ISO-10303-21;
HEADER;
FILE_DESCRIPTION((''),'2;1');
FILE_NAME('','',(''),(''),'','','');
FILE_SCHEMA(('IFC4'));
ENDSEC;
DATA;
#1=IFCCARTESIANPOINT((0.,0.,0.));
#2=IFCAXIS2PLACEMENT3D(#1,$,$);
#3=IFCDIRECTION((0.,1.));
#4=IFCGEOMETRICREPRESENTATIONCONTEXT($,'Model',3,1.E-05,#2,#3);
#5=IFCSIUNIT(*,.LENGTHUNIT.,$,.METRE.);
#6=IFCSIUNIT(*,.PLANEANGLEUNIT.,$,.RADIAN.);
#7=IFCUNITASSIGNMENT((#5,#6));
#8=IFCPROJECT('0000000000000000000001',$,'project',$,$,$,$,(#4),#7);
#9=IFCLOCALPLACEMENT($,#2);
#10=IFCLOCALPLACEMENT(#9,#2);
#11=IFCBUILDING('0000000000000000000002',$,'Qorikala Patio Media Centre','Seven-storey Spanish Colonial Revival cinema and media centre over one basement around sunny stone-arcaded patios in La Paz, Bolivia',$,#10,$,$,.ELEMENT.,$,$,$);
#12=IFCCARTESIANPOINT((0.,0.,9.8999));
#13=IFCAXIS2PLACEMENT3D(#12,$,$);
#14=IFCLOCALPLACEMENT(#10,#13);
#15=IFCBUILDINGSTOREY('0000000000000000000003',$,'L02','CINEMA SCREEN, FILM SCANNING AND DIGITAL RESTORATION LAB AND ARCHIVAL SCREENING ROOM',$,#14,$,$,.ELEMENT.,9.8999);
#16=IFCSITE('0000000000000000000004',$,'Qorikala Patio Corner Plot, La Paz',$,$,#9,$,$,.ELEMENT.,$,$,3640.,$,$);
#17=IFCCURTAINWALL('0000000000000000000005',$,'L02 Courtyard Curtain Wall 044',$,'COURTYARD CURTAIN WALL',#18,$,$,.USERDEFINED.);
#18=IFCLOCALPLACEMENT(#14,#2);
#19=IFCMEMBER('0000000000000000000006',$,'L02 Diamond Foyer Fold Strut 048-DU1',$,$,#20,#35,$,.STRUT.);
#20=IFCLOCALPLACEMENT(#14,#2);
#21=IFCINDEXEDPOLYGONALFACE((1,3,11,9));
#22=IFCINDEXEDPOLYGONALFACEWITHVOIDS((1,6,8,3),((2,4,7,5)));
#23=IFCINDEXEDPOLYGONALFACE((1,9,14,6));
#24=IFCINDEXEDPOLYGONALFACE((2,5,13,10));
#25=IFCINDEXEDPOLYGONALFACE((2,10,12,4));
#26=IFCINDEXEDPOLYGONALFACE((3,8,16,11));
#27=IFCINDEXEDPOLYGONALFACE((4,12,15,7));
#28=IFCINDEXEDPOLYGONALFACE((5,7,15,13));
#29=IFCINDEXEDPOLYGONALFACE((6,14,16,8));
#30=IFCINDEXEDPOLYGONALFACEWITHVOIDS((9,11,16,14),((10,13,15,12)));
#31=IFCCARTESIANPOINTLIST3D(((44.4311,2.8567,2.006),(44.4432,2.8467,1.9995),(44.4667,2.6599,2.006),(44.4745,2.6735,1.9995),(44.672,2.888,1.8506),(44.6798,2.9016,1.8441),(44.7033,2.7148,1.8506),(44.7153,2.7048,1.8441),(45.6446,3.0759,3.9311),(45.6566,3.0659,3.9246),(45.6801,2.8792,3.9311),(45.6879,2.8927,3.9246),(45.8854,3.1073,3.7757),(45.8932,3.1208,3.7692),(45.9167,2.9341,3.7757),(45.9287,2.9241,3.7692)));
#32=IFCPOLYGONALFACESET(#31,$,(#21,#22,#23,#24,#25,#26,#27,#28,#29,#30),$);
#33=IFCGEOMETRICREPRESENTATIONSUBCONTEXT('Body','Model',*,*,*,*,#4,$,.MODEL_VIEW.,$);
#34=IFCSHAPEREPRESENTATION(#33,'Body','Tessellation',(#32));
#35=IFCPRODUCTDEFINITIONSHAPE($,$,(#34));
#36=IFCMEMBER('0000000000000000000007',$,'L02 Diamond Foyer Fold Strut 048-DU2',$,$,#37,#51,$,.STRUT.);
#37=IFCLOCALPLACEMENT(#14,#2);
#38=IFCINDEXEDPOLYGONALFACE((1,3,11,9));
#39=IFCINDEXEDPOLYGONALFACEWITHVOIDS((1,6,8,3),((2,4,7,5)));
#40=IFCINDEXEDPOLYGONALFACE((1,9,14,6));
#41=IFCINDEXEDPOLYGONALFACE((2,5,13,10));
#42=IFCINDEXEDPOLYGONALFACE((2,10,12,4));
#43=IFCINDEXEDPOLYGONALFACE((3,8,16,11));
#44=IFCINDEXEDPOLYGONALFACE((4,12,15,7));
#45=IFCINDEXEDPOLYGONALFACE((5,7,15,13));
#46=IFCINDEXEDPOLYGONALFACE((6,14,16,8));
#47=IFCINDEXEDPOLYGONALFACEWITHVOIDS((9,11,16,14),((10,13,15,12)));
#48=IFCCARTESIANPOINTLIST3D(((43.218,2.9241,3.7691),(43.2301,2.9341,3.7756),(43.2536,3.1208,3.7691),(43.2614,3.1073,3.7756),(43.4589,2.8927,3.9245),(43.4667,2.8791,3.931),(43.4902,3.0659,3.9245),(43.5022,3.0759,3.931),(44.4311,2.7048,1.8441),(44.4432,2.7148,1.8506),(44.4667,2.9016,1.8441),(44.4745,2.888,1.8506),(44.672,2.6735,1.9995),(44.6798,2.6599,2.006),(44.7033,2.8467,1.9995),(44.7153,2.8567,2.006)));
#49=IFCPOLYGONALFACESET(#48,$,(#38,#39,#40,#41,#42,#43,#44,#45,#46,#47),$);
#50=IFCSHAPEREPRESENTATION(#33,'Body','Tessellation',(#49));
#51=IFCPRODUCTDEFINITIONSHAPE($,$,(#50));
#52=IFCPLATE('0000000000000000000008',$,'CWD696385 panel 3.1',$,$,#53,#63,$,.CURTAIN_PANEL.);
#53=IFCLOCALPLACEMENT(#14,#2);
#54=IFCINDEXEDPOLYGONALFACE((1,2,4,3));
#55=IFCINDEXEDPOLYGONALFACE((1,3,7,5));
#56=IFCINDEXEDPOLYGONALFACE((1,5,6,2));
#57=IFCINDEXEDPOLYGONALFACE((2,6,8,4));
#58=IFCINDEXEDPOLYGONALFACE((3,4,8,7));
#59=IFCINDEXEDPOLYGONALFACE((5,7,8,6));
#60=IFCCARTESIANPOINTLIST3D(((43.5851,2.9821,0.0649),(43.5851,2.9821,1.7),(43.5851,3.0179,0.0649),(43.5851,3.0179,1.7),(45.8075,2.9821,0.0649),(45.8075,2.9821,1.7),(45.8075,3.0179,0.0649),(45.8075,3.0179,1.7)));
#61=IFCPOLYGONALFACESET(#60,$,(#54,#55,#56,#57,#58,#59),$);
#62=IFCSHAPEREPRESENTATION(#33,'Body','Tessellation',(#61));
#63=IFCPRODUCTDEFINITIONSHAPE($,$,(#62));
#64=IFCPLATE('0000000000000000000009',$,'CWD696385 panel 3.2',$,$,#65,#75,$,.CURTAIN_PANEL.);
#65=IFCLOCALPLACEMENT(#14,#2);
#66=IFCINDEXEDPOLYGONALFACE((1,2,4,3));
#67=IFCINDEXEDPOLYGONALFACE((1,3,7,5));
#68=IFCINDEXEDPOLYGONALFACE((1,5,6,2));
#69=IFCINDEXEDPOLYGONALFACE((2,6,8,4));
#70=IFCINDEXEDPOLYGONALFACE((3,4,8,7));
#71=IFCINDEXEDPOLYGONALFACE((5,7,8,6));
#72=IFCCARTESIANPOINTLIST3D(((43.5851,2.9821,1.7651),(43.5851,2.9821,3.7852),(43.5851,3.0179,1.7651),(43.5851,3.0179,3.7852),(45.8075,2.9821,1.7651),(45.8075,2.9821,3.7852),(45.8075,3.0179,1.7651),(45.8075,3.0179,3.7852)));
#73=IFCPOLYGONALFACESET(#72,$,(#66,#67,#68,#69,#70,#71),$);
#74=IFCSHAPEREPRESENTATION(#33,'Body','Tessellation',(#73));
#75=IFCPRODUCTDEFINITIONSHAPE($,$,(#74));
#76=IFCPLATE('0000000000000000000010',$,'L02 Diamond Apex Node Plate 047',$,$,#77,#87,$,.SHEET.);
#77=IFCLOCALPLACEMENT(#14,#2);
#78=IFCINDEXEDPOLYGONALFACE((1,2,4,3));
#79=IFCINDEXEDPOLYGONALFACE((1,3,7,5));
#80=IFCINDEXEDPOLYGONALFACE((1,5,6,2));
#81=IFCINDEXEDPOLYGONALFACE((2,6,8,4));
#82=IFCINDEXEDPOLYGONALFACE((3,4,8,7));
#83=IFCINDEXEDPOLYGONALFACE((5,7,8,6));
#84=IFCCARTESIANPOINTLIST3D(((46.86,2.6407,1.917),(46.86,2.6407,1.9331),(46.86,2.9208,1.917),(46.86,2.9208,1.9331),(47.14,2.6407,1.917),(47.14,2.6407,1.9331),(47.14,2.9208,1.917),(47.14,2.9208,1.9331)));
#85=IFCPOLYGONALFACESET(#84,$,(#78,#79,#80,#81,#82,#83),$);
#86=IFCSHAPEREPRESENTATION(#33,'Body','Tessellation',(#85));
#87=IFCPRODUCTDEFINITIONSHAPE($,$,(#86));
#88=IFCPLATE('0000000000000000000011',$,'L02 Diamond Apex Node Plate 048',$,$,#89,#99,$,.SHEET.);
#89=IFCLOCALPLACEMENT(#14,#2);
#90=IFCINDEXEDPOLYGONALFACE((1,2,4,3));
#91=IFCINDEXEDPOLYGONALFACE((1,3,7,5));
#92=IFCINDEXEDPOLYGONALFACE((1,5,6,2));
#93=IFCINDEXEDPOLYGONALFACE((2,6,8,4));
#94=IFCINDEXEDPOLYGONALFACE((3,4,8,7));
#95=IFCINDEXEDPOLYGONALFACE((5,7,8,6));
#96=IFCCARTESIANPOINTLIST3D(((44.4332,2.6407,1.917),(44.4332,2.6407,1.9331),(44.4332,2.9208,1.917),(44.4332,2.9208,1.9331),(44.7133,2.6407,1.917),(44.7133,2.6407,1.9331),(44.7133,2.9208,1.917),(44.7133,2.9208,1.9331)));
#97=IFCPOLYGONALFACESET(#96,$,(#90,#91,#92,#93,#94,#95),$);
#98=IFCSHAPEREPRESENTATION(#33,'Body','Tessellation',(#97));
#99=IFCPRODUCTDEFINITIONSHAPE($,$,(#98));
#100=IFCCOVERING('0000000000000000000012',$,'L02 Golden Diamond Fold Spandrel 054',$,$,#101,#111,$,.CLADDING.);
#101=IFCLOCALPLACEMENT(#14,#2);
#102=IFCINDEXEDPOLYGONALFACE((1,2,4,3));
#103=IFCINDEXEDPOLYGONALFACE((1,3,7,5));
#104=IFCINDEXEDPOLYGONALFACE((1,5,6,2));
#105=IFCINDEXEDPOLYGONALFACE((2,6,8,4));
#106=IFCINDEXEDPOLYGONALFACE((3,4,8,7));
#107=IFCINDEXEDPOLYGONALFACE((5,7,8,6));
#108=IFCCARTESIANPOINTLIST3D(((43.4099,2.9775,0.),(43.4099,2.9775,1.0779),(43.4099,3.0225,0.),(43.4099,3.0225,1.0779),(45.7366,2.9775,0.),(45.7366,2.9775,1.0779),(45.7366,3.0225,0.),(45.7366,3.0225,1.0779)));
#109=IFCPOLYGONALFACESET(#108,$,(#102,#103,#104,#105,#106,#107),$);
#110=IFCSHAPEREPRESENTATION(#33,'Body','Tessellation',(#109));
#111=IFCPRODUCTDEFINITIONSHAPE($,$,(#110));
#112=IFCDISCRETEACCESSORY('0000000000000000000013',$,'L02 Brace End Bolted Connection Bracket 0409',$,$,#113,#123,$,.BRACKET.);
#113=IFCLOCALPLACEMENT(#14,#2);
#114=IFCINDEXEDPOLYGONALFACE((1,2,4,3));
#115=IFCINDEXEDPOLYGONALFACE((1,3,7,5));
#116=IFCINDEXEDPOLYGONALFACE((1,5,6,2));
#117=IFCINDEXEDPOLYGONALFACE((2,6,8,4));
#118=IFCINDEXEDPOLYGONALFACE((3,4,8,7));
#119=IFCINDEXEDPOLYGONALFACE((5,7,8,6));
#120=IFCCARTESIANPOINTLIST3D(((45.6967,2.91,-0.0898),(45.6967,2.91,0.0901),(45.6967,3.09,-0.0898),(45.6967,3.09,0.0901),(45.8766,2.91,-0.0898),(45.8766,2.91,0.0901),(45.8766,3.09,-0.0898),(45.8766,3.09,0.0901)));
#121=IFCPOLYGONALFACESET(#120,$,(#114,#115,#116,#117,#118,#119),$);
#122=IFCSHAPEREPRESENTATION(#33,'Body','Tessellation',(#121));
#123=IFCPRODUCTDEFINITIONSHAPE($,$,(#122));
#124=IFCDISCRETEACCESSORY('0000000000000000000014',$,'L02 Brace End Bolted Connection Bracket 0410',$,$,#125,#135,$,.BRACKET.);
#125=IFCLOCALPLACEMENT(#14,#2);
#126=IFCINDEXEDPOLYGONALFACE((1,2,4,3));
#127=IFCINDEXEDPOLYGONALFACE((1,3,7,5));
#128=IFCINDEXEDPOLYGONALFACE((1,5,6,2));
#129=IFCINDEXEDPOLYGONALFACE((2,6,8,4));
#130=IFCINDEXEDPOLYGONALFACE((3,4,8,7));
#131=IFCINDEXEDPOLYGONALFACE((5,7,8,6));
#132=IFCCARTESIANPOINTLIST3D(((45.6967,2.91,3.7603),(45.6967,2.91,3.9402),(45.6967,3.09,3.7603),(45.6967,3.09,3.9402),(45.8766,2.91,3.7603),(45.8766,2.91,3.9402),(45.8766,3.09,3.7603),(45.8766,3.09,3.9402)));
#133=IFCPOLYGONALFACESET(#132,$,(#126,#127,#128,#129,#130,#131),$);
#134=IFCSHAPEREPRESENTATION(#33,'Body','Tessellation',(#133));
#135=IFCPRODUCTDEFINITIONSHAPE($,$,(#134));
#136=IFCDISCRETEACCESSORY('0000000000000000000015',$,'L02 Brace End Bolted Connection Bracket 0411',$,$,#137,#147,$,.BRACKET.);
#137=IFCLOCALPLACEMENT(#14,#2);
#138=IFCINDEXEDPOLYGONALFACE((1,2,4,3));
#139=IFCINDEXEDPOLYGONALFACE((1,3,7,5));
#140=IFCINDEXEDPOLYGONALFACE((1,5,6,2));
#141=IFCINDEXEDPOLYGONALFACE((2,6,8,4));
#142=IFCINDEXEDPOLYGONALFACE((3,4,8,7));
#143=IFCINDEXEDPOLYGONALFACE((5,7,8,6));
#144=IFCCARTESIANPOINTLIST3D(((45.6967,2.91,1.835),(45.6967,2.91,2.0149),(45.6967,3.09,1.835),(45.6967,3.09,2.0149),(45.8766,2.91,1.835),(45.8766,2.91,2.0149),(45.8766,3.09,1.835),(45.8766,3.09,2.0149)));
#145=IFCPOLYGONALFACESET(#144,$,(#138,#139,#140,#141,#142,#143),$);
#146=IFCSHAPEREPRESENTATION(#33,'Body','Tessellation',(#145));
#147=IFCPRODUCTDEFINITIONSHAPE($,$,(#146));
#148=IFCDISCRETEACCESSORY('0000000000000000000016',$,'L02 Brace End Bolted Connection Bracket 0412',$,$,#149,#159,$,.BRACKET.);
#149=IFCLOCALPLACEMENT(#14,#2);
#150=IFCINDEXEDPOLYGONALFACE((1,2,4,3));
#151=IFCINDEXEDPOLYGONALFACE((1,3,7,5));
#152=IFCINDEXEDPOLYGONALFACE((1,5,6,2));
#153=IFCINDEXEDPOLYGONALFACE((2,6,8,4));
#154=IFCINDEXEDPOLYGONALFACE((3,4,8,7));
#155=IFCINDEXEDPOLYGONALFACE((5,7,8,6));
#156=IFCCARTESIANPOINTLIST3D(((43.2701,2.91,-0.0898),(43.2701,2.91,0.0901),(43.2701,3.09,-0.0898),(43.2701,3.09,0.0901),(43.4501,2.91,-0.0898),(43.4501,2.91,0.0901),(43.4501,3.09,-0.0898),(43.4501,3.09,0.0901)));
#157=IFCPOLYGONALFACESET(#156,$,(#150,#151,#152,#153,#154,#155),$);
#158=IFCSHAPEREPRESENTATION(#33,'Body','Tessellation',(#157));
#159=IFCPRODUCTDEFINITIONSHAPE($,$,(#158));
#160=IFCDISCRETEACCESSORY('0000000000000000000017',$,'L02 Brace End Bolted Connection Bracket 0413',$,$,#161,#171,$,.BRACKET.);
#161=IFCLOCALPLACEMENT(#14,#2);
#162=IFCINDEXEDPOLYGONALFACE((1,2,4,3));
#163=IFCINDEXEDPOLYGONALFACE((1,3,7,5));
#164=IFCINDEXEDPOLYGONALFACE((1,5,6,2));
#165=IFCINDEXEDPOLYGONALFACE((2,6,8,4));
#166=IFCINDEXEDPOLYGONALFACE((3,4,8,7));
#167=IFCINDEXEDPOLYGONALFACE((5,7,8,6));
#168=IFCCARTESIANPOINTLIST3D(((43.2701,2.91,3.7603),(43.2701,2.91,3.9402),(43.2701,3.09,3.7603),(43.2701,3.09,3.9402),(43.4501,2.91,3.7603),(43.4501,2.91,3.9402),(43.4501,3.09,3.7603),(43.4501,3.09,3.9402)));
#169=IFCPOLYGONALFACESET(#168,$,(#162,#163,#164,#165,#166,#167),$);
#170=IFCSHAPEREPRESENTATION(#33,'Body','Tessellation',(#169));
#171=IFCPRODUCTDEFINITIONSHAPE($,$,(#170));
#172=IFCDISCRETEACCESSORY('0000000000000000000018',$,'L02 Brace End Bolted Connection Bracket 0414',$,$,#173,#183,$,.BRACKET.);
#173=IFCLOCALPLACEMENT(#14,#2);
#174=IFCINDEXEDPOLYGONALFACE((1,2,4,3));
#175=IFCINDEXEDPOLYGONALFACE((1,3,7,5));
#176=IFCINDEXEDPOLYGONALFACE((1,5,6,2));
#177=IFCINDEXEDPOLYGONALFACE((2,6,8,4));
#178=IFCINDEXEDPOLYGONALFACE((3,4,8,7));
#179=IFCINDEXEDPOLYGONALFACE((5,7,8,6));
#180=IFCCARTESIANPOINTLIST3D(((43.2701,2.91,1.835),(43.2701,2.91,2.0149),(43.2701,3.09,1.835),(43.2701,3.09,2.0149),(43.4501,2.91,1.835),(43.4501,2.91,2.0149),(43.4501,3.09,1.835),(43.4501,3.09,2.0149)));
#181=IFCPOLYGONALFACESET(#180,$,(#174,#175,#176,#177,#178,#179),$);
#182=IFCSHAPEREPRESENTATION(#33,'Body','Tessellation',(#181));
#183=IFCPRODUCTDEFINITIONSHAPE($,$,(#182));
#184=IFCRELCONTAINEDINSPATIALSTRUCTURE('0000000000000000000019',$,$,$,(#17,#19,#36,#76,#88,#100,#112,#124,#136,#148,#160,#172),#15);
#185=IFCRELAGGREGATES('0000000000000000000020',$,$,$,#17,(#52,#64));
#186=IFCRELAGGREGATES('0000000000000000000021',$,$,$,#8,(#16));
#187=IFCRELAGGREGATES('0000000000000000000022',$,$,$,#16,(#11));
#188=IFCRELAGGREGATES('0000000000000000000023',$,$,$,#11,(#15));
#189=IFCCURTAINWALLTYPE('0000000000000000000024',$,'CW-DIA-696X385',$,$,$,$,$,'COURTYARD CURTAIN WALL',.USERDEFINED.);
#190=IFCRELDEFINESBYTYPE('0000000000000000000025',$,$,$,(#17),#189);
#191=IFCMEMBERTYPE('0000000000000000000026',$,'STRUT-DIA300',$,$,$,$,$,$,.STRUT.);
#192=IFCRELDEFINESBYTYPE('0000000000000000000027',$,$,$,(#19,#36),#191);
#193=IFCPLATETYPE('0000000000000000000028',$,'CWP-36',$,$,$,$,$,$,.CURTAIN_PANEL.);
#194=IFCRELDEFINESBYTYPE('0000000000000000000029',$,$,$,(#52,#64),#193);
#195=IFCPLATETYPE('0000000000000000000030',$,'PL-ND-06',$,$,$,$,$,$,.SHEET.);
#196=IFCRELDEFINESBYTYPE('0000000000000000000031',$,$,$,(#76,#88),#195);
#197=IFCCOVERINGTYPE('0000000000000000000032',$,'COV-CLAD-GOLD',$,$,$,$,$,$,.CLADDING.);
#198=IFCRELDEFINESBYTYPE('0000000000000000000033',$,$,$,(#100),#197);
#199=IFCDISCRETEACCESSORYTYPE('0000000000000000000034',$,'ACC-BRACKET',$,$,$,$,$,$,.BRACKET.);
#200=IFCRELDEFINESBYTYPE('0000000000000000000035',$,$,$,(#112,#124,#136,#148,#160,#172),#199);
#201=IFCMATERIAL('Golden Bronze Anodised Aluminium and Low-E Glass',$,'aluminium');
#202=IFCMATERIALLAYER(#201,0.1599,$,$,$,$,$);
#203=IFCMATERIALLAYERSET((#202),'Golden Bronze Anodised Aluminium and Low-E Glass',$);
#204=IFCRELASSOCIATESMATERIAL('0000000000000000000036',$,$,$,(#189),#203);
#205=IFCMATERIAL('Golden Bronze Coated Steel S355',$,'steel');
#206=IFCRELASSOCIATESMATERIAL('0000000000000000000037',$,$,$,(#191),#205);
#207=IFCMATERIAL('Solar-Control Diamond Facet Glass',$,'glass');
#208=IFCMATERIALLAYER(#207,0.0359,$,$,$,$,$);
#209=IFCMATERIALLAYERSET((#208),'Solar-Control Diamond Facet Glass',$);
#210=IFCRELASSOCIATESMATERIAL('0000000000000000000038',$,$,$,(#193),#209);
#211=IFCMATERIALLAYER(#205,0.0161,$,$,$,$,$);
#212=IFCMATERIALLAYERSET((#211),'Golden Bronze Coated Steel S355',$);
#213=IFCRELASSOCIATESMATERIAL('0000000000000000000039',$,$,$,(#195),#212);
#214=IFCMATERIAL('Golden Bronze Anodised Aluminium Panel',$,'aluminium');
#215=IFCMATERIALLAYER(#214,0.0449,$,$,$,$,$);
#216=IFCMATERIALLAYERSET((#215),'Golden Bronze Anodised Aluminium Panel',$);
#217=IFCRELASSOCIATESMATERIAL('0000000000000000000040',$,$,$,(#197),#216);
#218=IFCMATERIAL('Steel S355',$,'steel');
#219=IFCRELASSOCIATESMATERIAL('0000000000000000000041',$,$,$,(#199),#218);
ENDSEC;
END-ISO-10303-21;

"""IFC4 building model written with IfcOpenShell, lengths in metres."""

from ifc_helpers import new_model, si_unit, direction, frame, origin, origin_2d, place, context, subcontext, project, spatial, rectangle, hollow_rectangle, extrude, material, layer, layer_set, material_profile, profile_set, type_object, element, aggregate, save


model = new_model("IFC4")

# Units and contexts
model_context = context("Model", 3, precision=1e-05, world=origin(), true_north=direction((0.0, 1.0)))
body_context = subcontext(model_context, "Body", "Model", "MODEL_VIEW")
ifc_project = project(units=[si_unit("LENGTHUNIT", "METRE"), si_unit("PLANEANGLEUNIT", "RADIAN")], contexts=[model_context])

# Site, building, storey
site_placement = place(None, origin())
site = spatial("IfcSite", under=ifc_project, at=site_placement, Name="Qorikala Patio Corner Plot, La Paz", CompositionType="ELEMENT", RefElevation=3640.0)
building_placement = place(site_placement, origin())
building = spatial("IfcBuilding", under=site, at=building_placement, Name="Qorikala Patio Media Centre", Description="Seven-storey Spanish Colonial Revival cinema and media centre over one basement around sunny stone-arcaded patios in La Paz, Bolivia", CompositionType="ELEMENT")
storey_placement = place(building_placement, frame((0.0, 0.0, 9.8999)))
storey = spatial("IfcBuildingStorey", under=building, at=storey_placement, Name="L02", Description="CINEMA SCREEN, FILM SCANNING AND DIGITAL RESTORATION LAB AND ARCHIVAL SCREENING ROOM", CompositionType="ELEMENT", Elevation=9.8999)

# Shared definitions
ifc_material_1 = material(Name="Golden Bronze Coated Steel S355", Category="steel")

# Curtain wall
ifc_material_2 = material(Name="Golden Bronze Anodised Aluminium and Low-E Glass", Category="aluminium")
ifc_layer_1 = layer(ifc_material_2, 0.1599)
ifc_layer_set_1 = layer_set([ifc_layer_1], Name="Golden Bronze Anodised Aluminium and Low-E Glass")
curtain_wall_type = type_object("IfcCurtainWallType", Name="CW-DIA-696X385", ElementType="COURTYARD CURTAIN WALL", PredefinedType="USERDEFINED", material=ifc_layer_set_1)
curtain_wall_placement = place(storey_placement, origin())
curtain_wall = element("IfcCurtainWall", 1, at=curtain_wall_placement, inside=storey, type_object=curtain_wall_type, Name="L02 Courtyard Curtain Wall 044", ObjectType="COURTYARD CURTAIN WALL", PredefinedType="USERDEFINED")

# Members
ifc_material_profile_1 = material_profile(ifc_material_1, hollow_rectangle(XDim=0.2, YDim=0.3, WallThickness=0.012, at=origin_2d()), Name="HSS300X200X12")
ifc_profile_set_1 = profile_set([ifc_material_profile_1], Name="Golden Bronze Coated Steel S355")
member_type_1 = type_object("IfcMemberType", Name="STRUT-DIA300", PredefinedType="STRUT", material=ifc_profile_set_1)
member_1_placement = place(storey_placement, frame((44.5732, 2.7808, 1.925), z_axis=(0.530768, 0.095901, 0.842074), x_axis=(-0.177805, 0.984066, 0.0)))
element("IfcMember", 2, at=member_1_placement, inside=storey, type_object=member_type_1, Name="L02 Diamond Foyer Fold Strut 048-DU1", PredefinedType="STRUT", context=body_context, shape_type="SweptSolid", body=[
    extrude(hollow_rectangle(XDim=0.2, YDim=0.3, WallThickness=0.012, at=origin_2d()), origin(), (0.0, 0.0, 1.0), 2.2861),
])
member_2_placement = place(storey_placement, frame((44.5732, 2.7808, 1.925), z_axis=(-0.530691, 0.095907, 0.842121), x_axis=(-0.17784, -0.984059, 0.0)))
element("IfcMember", 3, at=member_2_placement, inside=storey, type_object=member_type_1, Name="L02 Diamond Foyer Fold Strut 048-DU2", PredefinedType="STRUT", context=body_context, shape_type="SweptSolid", body=[
    extrude(hollow_rectangle(XDim=0.2, YDim=0.3, WallThickness=0.012, at=origin_2d()), origin(), (0.0, 0.0, 1.0), 2.2859),
])

# Plates
ifc_material_3 = material(Name="Solar-Control Diamond Facet Glass", Category="glass")
ifc_layer_2 = layer(ifc_material_3, 0.0359)
ifc_layer_set_2 = layer_set([ifc_layer_2], Name="Solar-Control Diamond Facet Glass")
plate_type_1 = type_object("IfcPlateType", Name="CWP-36", PredefinedType="CURTAIN_PANEL", material=ifc_layer_set_2)
plate_1_placement = place(storey_placement, frame((44.6963, 3.0, 0.0649), z_axis=(0.0, 0.0, 1.0), x_axis=(-1.0, 0.0, 0.0)))
plate_1 = element("IfcPlate", 4, at=plate_1_placement, type_object=plate_type_1, Name="CWD696385 panel 3.1", PredefinedType="CURTAIN_PANEL", context=body_context, shape_type="SweptSolid", body=[
    extrude(rectangle(XDim=2.2224, YDim=0.0359, at=origin_2d()), origin(), (0.0, 0.0, 1.0), 1.635),
])
plate_2_placement = place(storey_placement, frame((44.6963, 3.0, 1.7651), z_axis=(0.0, 0.0, 1.0), x_axis=(-1.0, 0.0, 0.0)))
plate_2 = element("IfcPlate", 5, at=plate_2_placement, type_object=plate_type_1, Name="CWD696385 panel 3.2", PredefinedType="CURTAIN_PANEL", context=body_context, shape_type="SweptSolid", body=[
    extrude(rectangle(XDim=2.2224, YDim=0.0359, at=origin_2d()), origin(), (0.0, 0.0, 1.0), 2.02),
])
aggregate(curtain_wall, [plate_1, plate_2])

# Plates
ifc_layer_3 = layer(ifc_material_1, 0.0161)
ifc_layer_set_3 = layer_set([ifc_layer_3], Name="Golden Bronze Coated Steel S355")
plate_type_2 = type_object("IfcPlateType", Name="PL-ND-06", PredefinedType="SHEET", material=ifc_layer_set_3)
for number, where, z_axis, x_axis, name in (
    (6, (47.0, 2.7808, 1.917), (0.0, 0.0, 1.0), (-1.0, 0.0, 0.0), "L02 Diamond Apex Node Plate 047"),
    (7, (44.5732, 2.7808, 1.917), (0.0, 0.0, 1.0), (-1.0, 0.0, 0.0), "L02 Diamond Apex Node Plate 048"),
):
    element("IfcPlate", number, at=place(storey_placement, frame(where, z_axis=z_axis, x_axis=x_axis)), inside=storey, type_object=plate_type_2, Name=name, PredefinedType="SHEET", context=body_context, shape_type="SweptSolid", body=[
        extrude(rectangle(XDim=0.28, YDim=0.28, at=origin_2d()), origin(), (0.0, 0.0, 1.0), 0.0161),
    ])

# Covering
ifc_material_4 = material(Name="Golden Bronze Anodised Aluminium Panel", Category="aluminium")
ifc_layer_4 = layer(ifc_material_4, 0.0449)
ifc_layer_set_4 = layer_set([ifc_layer_4], Name="Golden Bronze Anodised Aluminium Panel")
covering_type = type_object("IfcCoveringType", Name="COV-CLAD-GOLD", PredefinedType="CLADDING", material=ifc_layer_set_4)
covering_placement = place(storey_placement, frame((44.5732, 3.0, 0.0), z_axis=(0.0, 0.0, 1.0), x_axis=(-1.0, 0.0, 0.0)))
element("IfcCovering", 8, at=covering_placement, inside=storey, type_object=covering_type, Name="L02 Golden Diamond Fold Spandrel 054", PredefinedType="CLADDING", context=body_context, shape_type="SweptSolid", body=[
    extrude(rectangle(XDim=2.3267, YDim=0.0449, at=origin_2d()), origin(), (0.0, 0.0, 1.0), 1.0779),
])

# Discrete accessories
ifc_material_5 = material(Name="Steel S355", Category="steel")
discrete_accessory_type = type_object("IfcDiscreteAccessoryType", Name="ACC-BRACKET", PredefinedType="BRACKET", material=ifc_material_5)
for number, where, z_axis, x_axis, name in (
    (9, (45.7866, 3.0, -0.0898), (0.0, 0.0, 1.0), (1.0, 0.0, 0.0), "L02 Brace End Bolted Connection Bracket 0409"),
    (10, (45.7866, 3.0, 3.7603), (0.0, 0.0, 1.0), (1.0, 0.0, 0.0), "L02 Brace End Bolted Connection Bracket 0410"),
    (11, (45.7866, 3.0, 1.835), (0.0, 0.0, 1.0), (1.0, 0.0, 0.0), "L02 Brace End Bolted Connection Bracket 0411"),
    (12, (43.3601, 3.0, -0.0898), (0.0, 0.0, 1.0), (1.0, 0.0, 0.0), "L02 Brace End Bolted Connection Bracket 0412"),
    (13, (43.3601, 3.0, 3.7603), (0.0, 0.0, 1.0), (1.0, 0.0, 0.0), "L02 Brace End Bolted Connection Bracket 0413"),
    (14, (43.3601, 3.0, 1.835), (0.0, 0.0, 1.0), (1.0, 0.0, 0.0), "L02 Brace End Bolted Connection Bracket 0414"),
):
    element("IfcDiscreteAccessory", number, at=place(storey_placement, frame(where, z_axis=z_axis, x_axis=x_axis)), inside=storey, type_object=discrete_accessory_type, Name=name, PredefinedType="BRACKET", context=body_context, shape_type="SweptSolid", body=[
        extrude(rectangle(XDim=0.1799, YDim=0.1799, at=origin_2d()), origin(), (0.0, 0.0, 1.0), 0.1799),
    ])

save(model, "model.ifc")
